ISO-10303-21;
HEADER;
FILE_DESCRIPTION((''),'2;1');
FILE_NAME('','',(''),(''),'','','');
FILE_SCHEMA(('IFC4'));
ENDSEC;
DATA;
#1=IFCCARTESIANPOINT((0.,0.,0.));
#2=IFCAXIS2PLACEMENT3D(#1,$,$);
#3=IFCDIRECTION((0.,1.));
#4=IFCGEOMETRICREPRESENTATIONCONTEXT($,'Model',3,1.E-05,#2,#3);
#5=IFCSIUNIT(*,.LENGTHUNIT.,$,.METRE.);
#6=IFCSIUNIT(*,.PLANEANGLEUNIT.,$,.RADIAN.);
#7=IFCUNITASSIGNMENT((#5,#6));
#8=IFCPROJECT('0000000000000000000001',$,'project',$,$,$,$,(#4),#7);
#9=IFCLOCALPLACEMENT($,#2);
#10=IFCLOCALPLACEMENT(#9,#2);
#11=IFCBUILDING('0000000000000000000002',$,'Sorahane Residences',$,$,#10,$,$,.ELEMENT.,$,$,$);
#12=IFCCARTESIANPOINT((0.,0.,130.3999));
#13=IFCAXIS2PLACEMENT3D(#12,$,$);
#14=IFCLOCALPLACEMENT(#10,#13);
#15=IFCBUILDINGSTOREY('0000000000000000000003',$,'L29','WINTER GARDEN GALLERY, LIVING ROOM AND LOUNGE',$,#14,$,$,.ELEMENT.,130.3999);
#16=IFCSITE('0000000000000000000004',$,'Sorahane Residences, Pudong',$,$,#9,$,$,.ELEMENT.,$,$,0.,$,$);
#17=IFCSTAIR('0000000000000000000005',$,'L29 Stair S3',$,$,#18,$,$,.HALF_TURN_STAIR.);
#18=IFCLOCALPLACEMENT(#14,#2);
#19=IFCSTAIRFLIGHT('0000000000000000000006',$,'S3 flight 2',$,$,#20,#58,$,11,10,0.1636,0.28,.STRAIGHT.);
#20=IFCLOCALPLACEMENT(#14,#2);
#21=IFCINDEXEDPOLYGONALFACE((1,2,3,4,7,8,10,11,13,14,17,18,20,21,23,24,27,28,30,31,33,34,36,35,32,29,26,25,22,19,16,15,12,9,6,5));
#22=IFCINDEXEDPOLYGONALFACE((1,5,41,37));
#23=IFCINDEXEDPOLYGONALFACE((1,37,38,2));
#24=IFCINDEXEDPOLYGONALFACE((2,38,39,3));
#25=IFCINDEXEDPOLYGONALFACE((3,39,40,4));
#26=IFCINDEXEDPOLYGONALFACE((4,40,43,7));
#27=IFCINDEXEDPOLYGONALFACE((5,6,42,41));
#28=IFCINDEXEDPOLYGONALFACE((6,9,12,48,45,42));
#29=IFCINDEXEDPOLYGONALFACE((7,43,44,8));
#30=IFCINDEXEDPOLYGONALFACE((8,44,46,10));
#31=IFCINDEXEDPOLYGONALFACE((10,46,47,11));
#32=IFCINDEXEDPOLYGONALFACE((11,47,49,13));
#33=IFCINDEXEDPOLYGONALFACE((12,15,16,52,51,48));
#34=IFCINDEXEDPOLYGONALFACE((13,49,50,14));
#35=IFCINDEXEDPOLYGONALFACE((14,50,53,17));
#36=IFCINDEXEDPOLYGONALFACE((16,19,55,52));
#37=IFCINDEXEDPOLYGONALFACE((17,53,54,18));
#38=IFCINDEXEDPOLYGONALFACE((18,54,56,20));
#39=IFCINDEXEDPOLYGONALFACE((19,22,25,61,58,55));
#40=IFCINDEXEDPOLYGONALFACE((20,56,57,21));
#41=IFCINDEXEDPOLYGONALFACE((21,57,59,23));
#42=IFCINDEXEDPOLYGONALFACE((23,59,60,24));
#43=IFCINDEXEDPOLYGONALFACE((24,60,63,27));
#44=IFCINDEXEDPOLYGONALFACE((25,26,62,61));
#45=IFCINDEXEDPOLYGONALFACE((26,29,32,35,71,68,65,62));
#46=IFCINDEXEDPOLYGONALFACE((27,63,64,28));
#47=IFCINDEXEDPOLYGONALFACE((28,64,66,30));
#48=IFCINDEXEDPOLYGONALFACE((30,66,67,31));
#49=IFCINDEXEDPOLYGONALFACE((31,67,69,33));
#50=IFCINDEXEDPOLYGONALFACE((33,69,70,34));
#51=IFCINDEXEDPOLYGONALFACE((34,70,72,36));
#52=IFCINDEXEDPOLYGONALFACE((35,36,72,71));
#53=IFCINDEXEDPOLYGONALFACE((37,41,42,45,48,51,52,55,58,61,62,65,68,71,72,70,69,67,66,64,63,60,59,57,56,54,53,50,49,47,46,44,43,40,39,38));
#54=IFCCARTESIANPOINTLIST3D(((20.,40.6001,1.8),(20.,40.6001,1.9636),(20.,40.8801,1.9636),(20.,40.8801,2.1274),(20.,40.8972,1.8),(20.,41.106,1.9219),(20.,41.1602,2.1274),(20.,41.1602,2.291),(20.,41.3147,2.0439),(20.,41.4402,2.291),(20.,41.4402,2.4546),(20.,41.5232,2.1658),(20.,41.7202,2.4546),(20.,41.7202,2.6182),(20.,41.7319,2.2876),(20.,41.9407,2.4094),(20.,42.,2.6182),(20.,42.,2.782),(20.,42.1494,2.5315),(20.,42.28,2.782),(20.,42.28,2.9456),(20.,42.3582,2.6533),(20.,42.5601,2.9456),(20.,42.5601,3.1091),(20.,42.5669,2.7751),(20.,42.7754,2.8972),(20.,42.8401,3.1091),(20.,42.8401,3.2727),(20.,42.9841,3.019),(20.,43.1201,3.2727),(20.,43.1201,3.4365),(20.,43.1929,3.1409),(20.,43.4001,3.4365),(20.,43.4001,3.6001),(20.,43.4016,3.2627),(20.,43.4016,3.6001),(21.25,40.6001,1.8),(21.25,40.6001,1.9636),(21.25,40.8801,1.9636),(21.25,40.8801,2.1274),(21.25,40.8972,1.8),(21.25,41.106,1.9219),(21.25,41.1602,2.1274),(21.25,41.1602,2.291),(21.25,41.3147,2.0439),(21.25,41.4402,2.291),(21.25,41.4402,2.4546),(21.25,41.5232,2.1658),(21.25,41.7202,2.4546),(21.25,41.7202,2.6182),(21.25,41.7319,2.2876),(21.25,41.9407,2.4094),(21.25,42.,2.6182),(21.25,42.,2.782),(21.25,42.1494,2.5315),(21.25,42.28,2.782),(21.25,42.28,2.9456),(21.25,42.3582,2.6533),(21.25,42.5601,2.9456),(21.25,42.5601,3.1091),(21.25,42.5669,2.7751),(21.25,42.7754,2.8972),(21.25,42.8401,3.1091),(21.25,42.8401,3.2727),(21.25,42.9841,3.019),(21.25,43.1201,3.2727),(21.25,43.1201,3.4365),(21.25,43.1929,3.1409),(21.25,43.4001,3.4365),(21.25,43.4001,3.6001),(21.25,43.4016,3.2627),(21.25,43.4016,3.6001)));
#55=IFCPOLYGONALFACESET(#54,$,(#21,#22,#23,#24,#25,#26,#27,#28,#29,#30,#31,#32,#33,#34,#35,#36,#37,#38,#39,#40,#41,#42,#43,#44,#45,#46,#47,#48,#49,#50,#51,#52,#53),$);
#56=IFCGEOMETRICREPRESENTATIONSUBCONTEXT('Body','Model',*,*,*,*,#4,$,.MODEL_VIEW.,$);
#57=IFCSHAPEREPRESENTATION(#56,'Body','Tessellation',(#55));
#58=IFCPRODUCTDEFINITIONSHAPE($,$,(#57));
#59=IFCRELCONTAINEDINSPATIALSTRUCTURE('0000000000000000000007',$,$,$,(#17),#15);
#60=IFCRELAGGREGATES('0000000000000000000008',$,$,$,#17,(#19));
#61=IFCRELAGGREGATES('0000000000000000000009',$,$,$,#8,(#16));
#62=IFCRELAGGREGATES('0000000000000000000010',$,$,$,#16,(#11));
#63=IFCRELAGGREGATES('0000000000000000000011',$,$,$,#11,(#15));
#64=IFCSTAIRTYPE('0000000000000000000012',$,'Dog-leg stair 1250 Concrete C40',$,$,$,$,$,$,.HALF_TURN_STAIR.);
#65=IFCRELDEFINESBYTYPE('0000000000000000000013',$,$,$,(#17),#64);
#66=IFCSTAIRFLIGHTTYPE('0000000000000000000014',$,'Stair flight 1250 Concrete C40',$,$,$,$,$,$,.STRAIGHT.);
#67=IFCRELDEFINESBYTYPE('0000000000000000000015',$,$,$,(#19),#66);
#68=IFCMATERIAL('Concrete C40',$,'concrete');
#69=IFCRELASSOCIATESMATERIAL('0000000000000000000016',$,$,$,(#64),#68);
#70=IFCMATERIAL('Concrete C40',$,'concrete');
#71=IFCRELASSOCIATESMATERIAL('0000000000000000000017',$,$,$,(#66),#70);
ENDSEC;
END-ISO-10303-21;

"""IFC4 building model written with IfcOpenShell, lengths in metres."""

from ifc_helpers import new_model, si_unit, direction, frame, origin, place, context, subcontext, project, spatial, polyline, outline, extrude, material, type_object, element, aggregate, save


model = new_model("IFC4")

# Units and contexts
model_context = context("Model", 3, precision=1e-05, world=origin(), true_north=direction((0.0, 1.0)))
body_context = subcontext(model_context, "Body", "Model", "MODEL_VIEW")
ifc_project = project(units=[si_unit("LENGTHUNIT", "METRE"), si_unit("PLANEANGLEUNIT", "RADIAN")], contexts=[model_context])

# Site, building, storey
site_placement = place(None, origin())
site = spatial("IfcSite", under=ifc_project, at=site_placement, Name="Sorahane Residences, Pudong", CompositionType="ELEMENT", RefElevation=0.0)
building_placement = place(site_placement, origin())
building = spatial("IfcBuilding", under=site, at=building_placement, Name="Sorahane Residences", CompositionType="ELEMENT")
storey_placement = place(building_placement, frame((0.0, 0.0, 130.3999)))
storey = spatial("IfcBuildingStorey", under=building, at=storey_placement, Name="L29", Description="WINTER GARDEN GALLERY, LIVING ROOM AND LOUNGE", CompositionType="ELEMENT", Elevation=130.3999)

# Stair, stair flight
ifc_material_1 = material(Name="Concrete C40", Category="concrete")
stair_type = type_object("IfcStairType", Name="Dog-leg stair 1250 Concrete C40", PredefinedType="HALF_TURN_STAIR", material=ifc_material_1)
stair_placement = place(storey_placement, origin())
stair = element("IfcStair", 1, at=stair_placement, inside=storey, type_object=stair_type, Name="L29 Stair S3", PredefinedType="HALF_TURN_STAIR")
ifc_material_2 = material(Name="Concrete C40", Category="concrete")
stair_flight_type = type_object("IfcStairFlightType", Name="Stair flight 1250 Concrete C40", PredefinedType="STRAIGHT", material=ifc_material_2)
stair_flight_placement = place(storey_placement, frame((20.625, 40.6001, 1.8), z_axis=(0.0, 0.0, 1.0), x_axis=(0.0, 1.0, 0.0)))
stair_flight = element("IfcStairFlight", 2, at=stair_flight_placement, type_object=stair_flight_type, Name="S3 flight 2", NumberOfRisers=11, NumberOfTreads=10, PredefinedType="STRAIGHT", RiserHeight=0.1636, TreadLength=0.28, context=body_context, shape_type="SweptSolid", body=[
    extrude(outline(polyline([(0.0, 0.0), (0.0, 0.1636), (0.28, 0.1636), (0.28, 0.3274), (0.5601, 0.3274), (0.5601, 0.491), (0.8401, 0.491), (0.8401, 0.6545), (1.1201, 0.6545), (1.1201, 0.8181), (1.3999, 0.8181), (1.3999, 0.9819), (1.6799, 0.9819), (1.6799, 1.1455), (1.96, 1.1455), (1.96, 1.3091), (2.24, 1.3091), (2.24, 1.4727), (2.52, 1.4727), (2.52, 1.6365), (2.8, 1.6365), (2.8, 1.8), (2.8015, 1.8), (2.8015, 1.4626), (2.5928, 1.3408), (2.384, 1.219), (2.1753, 1.0972), (1.9668, 0.9751), (1.7581, 0.8533), (1.5493, 0.7314), (1.3406, 0.6094), (1.1318, 0.4875), (0.9231, 0.3657), (0.7146, 0.2439), (0.5059, 0.1218), (0.2971, 0.0), (0.0, 0.0)])), frame((0.0, 0.625, 0.0), z_axis=(0.0, -1.0, 0.0), x_axis=(1.0, 0.0, 0.0)), (0.0, 0.0, 1.0), 1.25),
])
aggregate(stair, [stair_flight])

save(model, "model.ifc")
